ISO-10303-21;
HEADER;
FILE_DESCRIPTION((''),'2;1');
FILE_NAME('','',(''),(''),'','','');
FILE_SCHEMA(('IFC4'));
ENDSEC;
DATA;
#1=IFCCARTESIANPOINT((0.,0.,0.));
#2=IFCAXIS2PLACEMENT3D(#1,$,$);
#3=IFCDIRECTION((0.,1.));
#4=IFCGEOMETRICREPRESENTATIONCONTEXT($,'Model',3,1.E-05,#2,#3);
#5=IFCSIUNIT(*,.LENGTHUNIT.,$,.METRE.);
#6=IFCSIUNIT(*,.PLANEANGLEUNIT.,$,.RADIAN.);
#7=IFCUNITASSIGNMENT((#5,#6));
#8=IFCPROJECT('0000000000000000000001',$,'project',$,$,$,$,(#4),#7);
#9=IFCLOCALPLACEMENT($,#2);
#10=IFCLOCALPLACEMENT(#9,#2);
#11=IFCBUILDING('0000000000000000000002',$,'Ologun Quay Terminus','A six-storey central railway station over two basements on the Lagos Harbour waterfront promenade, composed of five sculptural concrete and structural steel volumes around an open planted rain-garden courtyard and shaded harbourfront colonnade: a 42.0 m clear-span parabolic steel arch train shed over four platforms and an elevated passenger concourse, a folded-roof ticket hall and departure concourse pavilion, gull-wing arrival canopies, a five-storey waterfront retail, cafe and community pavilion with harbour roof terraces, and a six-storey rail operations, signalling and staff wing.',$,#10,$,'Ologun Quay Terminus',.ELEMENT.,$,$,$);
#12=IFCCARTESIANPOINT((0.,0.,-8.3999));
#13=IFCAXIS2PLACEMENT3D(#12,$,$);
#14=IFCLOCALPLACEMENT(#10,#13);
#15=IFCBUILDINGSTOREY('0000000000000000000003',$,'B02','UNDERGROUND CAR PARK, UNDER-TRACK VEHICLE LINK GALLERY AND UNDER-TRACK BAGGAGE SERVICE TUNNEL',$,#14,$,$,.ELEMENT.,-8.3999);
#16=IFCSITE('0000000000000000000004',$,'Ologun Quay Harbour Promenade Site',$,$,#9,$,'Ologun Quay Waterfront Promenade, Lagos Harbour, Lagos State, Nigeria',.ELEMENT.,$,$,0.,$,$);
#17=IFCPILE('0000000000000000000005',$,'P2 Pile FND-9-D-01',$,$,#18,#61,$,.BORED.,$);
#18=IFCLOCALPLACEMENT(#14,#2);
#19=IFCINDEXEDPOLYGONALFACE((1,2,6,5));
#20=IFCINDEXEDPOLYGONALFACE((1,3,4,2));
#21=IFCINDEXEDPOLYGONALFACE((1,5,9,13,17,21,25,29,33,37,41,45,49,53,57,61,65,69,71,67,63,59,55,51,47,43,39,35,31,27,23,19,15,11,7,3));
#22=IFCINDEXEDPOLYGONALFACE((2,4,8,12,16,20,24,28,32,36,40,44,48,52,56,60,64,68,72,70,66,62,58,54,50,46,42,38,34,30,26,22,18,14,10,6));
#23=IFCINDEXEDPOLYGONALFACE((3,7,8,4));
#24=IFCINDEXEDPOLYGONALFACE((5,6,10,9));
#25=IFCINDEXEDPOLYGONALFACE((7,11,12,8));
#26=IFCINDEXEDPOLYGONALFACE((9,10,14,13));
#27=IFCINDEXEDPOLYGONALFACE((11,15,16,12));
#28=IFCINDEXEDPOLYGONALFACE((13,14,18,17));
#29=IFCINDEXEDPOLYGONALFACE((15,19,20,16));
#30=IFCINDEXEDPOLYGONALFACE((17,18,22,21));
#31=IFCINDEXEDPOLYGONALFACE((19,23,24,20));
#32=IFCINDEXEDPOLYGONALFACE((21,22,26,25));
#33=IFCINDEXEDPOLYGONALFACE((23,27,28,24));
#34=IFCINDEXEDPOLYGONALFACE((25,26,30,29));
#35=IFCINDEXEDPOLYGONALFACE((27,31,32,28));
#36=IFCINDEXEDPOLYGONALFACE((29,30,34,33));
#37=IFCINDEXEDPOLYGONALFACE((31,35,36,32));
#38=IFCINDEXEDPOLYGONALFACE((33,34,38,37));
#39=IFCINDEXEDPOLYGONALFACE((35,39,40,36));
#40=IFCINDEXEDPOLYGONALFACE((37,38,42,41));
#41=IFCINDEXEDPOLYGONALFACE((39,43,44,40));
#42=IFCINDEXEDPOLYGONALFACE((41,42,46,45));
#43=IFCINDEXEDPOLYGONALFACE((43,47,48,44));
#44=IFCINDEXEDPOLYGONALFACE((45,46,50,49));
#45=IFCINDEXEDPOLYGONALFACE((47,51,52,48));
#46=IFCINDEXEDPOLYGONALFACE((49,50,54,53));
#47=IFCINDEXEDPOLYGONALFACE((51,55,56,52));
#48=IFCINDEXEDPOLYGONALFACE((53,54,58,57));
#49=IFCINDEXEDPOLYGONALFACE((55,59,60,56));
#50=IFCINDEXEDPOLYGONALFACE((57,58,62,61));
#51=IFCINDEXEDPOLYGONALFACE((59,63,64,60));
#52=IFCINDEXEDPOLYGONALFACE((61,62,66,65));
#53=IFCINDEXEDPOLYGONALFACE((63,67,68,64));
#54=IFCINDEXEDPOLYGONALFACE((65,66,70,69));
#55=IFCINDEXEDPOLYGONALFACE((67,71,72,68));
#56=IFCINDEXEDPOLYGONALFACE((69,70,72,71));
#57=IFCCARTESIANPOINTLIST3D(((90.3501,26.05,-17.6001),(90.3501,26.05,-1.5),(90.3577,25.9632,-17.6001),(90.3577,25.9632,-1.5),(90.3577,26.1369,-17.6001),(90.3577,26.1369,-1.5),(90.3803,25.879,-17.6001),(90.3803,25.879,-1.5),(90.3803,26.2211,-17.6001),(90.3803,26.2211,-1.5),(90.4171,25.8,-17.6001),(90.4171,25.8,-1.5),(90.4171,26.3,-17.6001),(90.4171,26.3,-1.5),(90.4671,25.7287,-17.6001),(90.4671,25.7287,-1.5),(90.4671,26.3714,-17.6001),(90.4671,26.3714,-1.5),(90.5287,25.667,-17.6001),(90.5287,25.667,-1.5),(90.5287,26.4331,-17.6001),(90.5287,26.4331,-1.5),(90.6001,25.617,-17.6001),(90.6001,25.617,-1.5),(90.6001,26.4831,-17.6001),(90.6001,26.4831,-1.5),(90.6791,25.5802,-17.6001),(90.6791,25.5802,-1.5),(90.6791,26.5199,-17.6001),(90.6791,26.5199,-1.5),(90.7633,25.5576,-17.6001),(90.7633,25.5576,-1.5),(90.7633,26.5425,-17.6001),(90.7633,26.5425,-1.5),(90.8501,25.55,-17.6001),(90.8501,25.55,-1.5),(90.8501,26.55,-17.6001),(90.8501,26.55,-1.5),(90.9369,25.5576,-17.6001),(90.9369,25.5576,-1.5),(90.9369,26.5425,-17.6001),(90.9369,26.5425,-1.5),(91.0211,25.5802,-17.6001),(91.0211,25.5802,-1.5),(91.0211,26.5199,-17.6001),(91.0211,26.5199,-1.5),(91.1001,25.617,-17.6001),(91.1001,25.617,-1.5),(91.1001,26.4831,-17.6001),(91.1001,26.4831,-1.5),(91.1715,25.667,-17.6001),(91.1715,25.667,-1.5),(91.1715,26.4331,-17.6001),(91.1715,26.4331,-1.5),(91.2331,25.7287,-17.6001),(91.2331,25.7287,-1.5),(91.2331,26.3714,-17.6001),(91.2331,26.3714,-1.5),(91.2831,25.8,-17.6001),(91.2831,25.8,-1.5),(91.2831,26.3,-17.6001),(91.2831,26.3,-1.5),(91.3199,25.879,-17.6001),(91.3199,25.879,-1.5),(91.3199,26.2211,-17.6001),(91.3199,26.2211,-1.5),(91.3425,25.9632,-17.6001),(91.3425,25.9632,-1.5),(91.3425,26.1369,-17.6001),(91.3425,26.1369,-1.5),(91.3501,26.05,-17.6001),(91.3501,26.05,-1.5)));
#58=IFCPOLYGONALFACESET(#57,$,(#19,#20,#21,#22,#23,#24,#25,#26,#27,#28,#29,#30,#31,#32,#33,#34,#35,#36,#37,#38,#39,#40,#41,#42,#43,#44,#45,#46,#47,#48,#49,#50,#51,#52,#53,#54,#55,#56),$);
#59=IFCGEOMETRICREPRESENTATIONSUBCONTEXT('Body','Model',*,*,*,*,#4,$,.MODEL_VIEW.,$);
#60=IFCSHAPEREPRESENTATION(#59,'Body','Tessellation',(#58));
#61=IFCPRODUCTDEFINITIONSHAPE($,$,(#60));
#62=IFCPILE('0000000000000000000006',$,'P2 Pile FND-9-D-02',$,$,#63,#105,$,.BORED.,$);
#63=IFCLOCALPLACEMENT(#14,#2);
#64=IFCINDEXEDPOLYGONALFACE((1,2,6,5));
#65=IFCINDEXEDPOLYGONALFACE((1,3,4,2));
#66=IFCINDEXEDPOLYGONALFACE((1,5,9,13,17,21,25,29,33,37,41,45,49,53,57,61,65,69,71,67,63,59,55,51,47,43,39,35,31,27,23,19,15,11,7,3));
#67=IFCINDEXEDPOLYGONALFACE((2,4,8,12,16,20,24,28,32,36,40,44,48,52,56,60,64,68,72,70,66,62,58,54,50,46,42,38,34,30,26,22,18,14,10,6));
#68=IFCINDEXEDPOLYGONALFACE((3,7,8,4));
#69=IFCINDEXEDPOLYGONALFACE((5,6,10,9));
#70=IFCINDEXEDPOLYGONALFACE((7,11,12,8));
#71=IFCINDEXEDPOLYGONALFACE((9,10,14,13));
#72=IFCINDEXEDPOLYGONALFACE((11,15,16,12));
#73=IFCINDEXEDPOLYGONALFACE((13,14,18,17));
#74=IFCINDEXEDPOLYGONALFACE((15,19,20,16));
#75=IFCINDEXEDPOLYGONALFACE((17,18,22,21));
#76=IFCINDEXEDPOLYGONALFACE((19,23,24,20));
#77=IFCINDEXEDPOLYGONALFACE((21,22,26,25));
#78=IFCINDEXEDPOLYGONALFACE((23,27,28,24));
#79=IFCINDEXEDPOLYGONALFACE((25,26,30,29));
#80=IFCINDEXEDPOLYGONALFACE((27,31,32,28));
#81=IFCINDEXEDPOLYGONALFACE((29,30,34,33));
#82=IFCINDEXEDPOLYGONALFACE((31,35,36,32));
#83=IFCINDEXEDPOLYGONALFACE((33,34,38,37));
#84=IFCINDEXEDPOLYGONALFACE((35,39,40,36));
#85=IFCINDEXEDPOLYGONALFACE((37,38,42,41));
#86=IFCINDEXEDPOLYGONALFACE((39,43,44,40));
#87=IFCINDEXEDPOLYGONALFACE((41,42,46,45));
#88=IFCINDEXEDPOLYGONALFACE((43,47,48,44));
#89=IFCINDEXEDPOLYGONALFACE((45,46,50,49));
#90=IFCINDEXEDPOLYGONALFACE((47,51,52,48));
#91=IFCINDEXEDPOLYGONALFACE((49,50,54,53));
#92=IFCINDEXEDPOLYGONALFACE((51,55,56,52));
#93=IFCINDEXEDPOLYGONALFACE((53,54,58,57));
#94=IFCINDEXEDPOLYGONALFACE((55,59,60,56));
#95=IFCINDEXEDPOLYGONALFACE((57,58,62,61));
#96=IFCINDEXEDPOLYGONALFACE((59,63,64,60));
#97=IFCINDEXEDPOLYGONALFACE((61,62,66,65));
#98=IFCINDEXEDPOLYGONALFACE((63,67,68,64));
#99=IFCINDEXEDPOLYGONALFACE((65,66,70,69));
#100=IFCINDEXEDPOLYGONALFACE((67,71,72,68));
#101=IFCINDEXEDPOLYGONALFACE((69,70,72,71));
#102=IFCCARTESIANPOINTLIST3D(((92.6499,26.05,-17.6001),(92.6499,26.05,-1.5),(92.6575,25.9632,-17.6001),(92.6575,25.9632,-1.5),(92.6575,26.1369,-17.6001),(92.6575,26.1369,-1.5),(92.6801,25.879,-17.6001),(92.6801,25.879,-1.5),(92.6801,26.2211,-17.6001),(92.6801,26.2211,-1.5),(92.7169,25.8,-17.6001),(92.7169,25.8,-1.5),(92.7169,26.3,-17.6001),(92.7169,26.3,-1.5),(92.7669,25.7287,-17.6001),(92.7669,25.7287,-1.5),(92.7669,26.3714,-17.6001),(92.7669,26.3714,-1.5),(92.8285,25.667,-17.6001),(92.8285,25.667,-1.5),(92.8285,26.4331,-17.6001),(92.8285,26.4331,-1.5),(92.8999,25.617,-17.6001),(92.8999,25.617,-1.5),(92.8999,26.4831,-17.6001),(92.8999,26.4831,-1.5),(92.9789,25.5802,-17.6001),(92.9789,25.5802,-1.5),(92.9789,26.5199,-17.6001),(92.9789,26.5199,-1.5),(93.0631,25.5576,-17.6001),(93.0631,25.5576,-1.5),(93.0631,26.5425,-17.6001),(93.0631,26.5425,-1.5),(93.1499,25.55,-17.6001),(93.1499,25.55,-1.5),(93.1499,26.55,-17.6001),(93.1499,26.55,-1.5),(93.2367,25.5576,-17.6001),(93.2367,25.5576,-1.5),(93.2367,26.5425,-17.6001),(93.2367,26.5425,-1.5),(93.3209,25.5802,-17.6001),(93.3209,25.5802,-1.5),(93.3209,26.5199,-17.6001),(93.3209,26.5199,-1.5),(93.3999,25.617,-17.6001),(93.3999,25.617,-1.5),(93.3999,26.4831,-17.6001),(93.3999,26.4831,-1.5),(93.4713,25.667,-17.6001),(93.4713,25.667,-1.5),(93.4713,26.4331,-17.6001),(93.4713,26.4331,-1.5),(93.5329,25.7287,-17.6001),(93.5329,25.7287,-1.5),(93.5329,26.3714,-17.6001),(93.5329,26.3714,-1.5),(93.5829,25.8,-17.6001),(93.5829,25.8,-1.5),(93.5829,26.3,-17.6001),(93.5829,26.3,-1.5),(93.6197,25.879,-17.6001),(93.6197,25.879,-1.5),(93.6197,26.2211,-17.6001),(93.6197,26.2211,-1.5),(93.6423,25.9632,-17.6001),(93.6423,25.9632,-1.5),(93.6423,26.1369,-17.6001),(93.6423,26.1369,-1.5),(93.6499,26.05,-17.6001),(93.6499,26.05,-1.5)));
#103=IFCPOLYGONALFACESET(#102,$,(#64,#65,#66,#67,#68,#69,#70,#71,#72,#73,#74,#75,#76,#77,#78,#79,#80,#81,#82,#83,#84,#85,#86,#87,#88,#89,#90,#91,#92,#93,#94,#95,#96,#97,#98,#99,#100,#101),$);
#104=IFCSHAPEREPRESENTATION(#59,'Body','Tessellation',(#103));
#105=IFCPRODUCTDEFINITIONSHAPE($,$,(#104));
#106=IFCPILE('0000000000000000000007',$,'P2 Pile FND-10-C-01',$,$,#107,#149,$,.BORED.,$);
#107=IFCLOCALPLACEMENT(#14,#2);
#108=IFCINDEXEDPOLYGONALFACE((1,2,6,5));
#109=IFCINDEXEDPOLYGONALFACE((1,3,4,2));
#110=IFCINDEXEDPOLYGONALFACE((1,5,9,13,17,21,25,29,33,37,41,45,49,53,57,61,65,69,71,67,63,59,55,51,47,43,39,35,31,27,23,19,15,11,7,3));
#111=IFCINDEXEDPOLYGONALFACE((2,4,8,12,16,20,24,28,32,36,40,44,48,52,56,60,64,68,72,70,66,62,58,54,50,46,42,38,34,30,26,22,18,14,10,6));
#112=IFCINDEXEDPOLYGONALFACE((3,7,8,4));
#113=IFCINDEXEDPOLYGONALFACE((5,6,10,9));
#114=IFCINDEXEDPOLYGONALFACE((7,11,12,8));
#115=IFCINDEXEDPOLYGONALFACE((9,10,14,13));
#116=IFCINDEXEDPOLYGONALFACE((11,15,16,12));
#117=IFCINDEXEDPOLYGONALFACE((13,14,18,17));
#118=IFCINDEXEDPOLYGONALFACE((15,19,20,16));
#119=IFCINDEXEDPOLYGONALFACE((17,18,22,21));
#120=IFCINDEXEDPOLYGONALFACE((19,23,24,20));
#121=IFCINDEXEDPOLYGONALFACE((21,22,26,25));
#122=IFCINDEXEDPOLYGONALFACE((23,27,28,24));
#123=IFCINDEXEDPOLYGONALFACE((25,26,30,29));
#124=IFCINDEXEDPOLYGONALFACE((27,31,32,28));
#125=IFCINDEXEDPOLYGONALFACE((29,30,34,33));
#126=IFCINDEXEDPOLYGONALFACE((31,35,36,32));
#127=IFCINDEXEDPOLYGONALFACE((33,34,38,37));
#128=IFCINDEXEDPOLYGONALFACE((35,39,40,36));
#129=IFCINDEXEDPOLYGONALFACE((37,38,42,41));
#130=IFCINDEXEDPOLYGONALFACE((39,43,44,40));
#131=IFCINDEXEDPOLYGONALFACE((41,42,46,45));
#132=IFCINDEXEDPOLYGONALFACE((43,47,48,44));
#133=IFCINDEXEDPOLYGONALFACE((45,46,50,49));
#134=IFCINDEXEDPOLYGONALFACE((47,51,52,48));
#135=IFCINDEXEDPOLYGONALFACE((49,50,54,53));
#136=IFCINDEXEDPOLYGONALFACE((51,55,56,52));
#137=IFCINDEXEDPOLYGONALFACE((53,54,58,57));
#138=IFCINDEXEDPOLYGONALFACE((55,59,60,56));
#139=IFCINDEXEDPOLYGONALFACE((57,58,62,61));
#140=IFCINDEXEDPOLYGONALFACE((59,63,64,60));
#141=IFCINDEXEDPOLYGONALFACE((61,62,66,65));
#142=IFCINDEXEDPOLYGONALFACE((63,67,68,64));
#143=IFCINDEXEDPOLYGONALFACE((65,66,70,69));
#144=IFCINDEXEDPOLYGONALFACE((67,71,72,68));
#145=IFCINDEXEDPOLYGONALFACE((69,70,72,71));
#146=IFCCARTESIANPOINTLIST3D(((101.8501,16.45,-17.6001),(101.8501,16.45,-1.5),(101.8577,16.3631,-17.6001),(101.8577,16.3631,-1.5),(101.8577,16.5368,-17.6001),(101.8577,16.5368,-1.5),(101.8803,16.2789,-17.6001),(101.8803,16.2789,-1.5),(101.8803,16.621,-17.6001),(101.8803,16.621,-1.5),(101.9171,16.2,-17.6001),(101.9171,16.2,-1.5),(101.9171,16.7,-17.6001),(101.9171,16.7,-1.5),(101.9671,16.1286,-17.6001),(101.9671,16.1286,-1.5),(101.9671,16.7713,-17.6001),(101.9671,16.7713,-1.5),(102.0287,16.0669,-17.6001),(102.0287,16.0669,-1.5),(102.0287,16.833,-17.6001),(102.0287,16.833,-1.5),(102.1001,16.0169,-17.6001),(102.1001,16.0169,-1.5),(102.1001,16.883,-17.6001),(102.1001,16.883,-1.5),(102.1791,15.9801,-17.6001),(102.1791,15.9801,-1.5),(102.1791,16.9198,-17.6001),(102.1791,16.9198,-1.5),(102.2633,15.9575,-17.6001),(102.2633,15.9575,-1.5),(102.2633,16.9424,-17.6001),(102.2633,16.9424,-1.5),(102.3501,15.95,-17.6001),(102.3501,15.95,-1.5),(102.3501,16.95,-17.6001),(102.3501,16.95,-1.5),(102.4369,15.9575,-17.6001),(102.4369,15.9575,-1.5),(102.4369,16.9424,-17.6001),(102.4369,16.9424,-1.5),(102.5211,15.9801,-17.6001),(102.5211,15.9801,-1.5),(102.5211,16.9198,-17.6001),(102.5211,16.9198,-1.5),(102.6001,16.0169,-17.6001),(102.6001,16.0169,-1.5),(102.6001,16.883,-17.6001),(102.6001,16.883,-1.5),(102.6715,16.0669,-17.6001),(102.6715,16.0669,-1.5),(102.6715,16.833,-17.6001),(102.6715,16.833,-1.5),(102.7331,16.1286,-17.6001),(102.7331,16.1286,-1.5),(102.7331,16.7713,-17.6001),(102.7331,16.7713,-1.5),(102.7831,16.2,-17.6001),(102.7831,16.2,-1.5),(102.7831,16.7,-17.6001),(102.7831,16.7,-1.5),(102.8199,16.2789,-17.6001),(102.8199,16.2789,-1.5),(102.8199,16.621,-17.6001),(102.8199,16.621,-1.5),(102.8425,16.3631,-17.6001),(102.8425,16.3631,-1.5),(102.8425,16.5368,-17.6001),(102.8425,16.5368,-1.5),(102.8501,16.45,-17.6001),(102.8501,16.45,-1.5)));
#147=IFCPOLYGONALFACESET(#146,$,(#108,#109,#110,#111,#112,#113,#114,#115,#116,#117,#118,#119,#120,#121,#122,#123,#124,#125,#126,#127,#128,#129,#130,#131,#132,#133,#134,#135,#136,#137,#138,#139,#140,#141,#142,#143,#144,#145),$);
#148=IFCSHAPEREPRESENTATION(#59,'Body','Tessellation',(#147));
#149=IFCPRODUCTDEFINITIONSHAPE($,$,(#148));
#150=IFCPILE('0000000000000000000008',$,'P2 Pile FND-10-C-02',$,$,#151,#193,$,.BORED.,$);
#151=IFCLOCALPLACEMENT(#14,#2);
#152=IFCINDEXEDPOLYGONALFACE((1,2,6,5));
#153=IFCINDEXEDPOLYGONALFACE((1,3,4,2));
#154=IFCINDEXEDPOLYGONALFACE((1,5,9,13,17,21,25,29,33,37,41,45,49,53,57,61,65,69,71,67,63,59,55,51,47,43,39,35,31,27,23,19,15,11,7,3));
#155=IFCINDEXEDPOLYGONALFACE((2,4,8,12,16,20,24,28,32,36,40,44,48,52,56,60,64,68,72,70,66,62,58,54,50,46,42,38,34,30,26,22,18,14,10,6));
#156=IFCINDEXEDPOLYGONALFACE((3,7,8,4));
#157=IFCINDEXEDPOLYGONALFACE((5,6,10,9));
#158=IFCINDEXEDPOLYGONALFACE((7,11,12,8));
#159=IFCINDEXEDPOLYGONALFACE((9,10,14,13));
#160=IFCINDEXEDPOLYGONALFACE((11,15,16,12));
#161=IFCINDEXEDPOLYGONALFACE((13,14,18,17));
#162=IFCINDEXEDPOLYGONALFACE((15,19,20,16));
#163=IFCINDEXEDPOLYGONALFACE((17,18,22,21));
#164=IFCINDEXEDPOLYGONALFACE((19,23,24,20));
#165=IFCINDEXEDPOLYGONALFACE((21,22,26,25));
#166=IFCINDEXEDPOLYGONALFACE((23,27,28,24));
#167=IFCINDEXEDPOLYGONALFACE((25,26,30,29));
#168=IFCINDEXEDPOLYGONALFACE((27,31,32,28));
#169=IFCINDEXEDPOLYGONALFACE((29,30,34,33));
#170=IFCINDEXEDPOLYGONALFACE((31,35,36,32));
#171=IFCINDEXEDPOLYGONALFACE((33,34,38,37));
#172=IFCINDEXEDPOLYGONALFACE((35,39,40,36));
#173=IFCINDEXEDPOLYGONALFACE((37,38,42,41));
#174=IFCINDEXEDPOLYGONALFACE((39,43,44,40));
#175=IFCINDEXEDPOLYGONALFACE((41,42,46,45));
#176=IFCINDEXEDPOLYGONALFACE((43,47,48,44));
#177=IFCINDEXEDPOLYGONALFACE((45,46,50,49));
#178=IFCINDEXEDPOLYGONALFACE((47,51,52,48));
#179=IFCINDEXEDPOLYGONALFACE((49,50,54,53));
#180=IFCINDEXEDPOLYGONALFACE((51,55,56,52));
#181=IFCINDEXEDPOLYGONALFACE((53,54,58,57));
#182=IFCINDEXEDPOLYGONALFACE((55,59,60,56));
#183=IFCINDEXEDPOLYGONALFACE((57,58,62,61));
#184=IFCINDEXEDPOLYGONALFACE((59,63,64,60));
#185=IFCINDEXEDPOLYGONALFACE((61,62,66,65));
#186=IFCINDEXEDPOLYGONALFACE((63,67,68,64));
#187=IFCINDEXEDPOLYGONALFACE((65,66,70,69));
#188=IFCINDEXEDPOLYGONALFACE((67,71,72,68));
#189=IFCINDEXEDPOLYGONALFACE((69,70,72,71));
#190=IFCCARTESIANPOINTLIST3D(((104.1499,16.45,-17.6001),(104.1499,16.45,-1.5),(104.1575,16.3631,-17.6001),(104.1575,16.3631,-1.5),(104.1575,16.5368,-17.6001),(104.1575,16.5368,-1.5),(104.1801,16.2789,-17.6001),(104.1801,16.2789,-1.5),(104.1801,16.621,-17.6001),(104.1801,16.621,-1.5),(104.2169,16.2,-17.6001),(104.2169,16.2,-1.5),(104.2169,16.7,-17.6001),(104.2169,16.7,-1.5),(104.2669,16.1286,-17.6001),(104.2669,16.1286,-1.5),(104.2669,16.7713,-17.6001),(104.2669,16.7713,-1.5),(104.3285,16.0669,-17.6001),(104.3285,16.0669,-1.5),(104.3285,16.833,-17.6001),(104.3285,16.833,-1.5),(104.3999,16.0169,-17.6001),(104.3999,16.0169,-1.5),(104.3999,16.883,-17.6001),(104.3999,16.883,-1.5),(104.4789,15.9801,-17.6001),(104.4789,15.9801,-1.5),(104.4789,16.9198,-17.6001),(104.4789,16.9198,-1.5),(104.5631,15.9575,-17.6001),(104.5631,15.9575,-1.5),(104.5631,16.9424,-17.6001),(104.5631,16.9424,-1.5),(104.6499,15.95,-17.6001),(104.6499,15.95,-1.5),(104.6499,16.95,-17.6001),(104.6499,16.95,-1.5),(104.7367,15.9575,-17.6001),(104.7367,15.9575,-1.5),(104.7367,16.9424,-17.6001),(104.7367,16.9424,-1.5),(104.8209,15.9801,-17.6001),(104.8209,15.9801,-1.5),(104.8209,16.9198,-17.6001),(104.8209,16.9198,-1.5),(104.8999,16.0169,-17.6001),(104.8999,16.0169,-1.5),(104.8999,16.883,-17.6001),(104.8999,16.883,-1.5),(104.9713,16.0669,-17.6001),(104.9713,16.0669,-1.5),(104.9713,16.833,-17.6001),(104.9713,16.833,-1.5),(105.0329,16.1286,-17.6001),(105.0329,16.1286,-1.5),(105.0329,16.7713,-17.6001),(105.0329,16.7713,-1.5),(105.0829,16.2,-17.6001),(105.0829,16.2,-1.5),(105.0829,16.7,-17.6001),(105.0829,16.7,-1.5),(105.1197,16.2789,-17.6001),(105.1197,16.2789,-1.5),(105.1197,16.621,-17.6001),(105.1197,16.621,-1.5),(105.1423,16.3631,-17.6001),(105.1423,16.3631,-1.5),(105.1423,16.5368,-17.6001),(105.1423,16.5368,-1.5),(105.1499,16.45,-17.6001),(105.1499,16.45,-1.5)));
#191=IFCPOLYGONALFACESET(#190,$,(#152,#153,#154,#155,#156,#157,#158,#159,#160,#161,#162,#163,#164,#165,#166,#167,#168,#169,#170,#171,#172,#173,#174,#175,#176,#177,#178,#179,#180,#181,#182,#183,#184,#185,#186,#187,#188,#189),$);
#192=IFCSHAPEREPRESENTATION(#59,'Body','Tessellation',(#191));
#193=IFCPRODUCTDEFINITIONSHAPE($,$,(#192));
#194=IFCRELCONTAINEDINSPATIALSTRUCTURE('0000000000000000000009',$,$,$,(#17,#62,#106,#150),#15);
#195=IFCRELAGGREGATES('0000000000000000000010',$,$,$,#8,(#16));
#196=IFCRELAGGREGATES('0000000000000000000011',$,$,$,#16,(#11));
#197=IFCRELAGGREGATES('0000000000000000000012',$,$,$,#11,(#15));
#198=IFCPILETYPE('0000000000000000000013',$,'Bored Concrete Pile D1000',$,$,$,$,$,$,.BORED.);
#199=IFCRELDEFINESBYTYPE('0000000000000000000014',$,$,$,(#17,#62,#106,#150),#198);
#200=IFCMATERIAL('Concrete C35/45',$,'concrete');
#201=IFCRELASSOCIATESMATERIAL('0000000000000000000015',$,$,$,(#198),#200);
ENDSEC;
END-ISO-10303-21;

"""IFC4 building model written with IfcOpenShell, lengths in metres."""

from ifc_helpers import new_model, si_unit, direction, frame, origin, origin_2d, place, context, subcontext, project, spatial, circle, extrude, material, material_profile, profile_set, type_object, element, save


model = new_model("IFC4")

# Units and contexts
model_context = context("Model", 3, precision=1e-05, world=origin(), true_north=direction((0.0, 1.0)))
body_context = subcontext(model_context, "Body", "Model", "MODEL_VIEW")
ifc_project = project(units=[si_unit("LENGTHUNIT", "METRE"), si_unit("PLANEANGLEUNIT", "RADIAN")], contexts=[model_context])

# Site, building, storey
site_placement = place(None, origin())
site = spatial("IfcSite", under=ifc_project, at=site_placement, Name="Ologun Quay Harbour Promenade Site", LongName="Ologun Quay Waterfront Promenade, Lagos Harbour, Lagos State, Nigeria", CompositionType="ELEMENT", RefElevation=0.0)
building_placement = place(site_placement, origin())
building = spatial("IfcBuilding", under=site, at=building_placement, Name="Ologun Quay Terminus", Description="A six-storey central railway station over two basements on the Lagos Harbour waterfront promenade, composed of five sculptural concrete and structural steel volumes around an open planted rain-garden courtyard and shaded harbourfront colonnade: a 42.0 m clear-span parabolic steel arch train shed over four platforms and an elevated passenger concourse, a folded-roof ticket hall and departure concourse pavilion, gull-wing arrival canopies, a five-storey waterfront retail, cafe and community pavilion with harbour roof terraces, and a six-storey rail operations, signalling and staff wing.", LongName="Ologun Quay Terminus", CompositionType="ELEMENT")
storey_placement = place(building_placement, frame((0.0, 0.0, -8.3999)))
storey = spatial("IfcBuildingStorey", under=building, at=storey_placement, Name="B02", Description="UNDERGROUND CAR PARK, UNDER-TRACK VEHICLE LINK GALLERY AND UNDER-TRACK BAGGAGE SERVICE TUNNEL", CompositionType="ELEMENT", Elevation=-8.3999)

# Piles
ifc_material_1 = material(Name="Concrete C35/45", Category="concrete")
ifc_material_profile_1 = material_profile(ifc_material_1, circle(Radius=0.5, at=origin_2d()), Name="PILE D1000")
ifc_profile_set_1 = profile_set([ifc_material_profile_1], Name="Concrete C35/45")
pile_type = type_object("IfcPileType", Name="Bored Concrete Pile D1000", PredefinedType="BORED", material=ifc_profile_set_1)
for number, where, z_axis, x_axis, name in (
    (1, (90.8501, 26.05, -1.5), (0.0, 0.0, -1.0), (1.0, 0.0, 0.0), "P2 Pile FND-9-D-01"),
    (2, (93.1499, 26.05, -1.5), (0.0, 0.0, -1.0), (1.0, 0.0, 0.0), "P2 Pile FND-9-D-02"),
    (3, (102.3501, 16.45, -1.5), (0.0, 0.0, -1.0), (1.0, 0.0, 0.0), "P2 Pile FND-10-C-01"),
    (4, (104.6499, 16.45, -1.5), (0.0, 0.0, -1.0), (1.0, 0.0, 0.0), "P2 Pile FND-10-C-02"),
):
    element("IfcPile", number, at=place(storey_placement, frame(where, z_axis=z_axis, x_axis=x_axis)), inside=storey, type_object=pile_type, Name=name, PredefinedType="BORED", context=body_context, shape_type="SweptSolid", body=[
        extrude(circle(Radius=0.5, at=origin_2d()), origin(), (0.0, 0.0, 1.0), 16.1001),
    ])

save(model, "model.ifc")
